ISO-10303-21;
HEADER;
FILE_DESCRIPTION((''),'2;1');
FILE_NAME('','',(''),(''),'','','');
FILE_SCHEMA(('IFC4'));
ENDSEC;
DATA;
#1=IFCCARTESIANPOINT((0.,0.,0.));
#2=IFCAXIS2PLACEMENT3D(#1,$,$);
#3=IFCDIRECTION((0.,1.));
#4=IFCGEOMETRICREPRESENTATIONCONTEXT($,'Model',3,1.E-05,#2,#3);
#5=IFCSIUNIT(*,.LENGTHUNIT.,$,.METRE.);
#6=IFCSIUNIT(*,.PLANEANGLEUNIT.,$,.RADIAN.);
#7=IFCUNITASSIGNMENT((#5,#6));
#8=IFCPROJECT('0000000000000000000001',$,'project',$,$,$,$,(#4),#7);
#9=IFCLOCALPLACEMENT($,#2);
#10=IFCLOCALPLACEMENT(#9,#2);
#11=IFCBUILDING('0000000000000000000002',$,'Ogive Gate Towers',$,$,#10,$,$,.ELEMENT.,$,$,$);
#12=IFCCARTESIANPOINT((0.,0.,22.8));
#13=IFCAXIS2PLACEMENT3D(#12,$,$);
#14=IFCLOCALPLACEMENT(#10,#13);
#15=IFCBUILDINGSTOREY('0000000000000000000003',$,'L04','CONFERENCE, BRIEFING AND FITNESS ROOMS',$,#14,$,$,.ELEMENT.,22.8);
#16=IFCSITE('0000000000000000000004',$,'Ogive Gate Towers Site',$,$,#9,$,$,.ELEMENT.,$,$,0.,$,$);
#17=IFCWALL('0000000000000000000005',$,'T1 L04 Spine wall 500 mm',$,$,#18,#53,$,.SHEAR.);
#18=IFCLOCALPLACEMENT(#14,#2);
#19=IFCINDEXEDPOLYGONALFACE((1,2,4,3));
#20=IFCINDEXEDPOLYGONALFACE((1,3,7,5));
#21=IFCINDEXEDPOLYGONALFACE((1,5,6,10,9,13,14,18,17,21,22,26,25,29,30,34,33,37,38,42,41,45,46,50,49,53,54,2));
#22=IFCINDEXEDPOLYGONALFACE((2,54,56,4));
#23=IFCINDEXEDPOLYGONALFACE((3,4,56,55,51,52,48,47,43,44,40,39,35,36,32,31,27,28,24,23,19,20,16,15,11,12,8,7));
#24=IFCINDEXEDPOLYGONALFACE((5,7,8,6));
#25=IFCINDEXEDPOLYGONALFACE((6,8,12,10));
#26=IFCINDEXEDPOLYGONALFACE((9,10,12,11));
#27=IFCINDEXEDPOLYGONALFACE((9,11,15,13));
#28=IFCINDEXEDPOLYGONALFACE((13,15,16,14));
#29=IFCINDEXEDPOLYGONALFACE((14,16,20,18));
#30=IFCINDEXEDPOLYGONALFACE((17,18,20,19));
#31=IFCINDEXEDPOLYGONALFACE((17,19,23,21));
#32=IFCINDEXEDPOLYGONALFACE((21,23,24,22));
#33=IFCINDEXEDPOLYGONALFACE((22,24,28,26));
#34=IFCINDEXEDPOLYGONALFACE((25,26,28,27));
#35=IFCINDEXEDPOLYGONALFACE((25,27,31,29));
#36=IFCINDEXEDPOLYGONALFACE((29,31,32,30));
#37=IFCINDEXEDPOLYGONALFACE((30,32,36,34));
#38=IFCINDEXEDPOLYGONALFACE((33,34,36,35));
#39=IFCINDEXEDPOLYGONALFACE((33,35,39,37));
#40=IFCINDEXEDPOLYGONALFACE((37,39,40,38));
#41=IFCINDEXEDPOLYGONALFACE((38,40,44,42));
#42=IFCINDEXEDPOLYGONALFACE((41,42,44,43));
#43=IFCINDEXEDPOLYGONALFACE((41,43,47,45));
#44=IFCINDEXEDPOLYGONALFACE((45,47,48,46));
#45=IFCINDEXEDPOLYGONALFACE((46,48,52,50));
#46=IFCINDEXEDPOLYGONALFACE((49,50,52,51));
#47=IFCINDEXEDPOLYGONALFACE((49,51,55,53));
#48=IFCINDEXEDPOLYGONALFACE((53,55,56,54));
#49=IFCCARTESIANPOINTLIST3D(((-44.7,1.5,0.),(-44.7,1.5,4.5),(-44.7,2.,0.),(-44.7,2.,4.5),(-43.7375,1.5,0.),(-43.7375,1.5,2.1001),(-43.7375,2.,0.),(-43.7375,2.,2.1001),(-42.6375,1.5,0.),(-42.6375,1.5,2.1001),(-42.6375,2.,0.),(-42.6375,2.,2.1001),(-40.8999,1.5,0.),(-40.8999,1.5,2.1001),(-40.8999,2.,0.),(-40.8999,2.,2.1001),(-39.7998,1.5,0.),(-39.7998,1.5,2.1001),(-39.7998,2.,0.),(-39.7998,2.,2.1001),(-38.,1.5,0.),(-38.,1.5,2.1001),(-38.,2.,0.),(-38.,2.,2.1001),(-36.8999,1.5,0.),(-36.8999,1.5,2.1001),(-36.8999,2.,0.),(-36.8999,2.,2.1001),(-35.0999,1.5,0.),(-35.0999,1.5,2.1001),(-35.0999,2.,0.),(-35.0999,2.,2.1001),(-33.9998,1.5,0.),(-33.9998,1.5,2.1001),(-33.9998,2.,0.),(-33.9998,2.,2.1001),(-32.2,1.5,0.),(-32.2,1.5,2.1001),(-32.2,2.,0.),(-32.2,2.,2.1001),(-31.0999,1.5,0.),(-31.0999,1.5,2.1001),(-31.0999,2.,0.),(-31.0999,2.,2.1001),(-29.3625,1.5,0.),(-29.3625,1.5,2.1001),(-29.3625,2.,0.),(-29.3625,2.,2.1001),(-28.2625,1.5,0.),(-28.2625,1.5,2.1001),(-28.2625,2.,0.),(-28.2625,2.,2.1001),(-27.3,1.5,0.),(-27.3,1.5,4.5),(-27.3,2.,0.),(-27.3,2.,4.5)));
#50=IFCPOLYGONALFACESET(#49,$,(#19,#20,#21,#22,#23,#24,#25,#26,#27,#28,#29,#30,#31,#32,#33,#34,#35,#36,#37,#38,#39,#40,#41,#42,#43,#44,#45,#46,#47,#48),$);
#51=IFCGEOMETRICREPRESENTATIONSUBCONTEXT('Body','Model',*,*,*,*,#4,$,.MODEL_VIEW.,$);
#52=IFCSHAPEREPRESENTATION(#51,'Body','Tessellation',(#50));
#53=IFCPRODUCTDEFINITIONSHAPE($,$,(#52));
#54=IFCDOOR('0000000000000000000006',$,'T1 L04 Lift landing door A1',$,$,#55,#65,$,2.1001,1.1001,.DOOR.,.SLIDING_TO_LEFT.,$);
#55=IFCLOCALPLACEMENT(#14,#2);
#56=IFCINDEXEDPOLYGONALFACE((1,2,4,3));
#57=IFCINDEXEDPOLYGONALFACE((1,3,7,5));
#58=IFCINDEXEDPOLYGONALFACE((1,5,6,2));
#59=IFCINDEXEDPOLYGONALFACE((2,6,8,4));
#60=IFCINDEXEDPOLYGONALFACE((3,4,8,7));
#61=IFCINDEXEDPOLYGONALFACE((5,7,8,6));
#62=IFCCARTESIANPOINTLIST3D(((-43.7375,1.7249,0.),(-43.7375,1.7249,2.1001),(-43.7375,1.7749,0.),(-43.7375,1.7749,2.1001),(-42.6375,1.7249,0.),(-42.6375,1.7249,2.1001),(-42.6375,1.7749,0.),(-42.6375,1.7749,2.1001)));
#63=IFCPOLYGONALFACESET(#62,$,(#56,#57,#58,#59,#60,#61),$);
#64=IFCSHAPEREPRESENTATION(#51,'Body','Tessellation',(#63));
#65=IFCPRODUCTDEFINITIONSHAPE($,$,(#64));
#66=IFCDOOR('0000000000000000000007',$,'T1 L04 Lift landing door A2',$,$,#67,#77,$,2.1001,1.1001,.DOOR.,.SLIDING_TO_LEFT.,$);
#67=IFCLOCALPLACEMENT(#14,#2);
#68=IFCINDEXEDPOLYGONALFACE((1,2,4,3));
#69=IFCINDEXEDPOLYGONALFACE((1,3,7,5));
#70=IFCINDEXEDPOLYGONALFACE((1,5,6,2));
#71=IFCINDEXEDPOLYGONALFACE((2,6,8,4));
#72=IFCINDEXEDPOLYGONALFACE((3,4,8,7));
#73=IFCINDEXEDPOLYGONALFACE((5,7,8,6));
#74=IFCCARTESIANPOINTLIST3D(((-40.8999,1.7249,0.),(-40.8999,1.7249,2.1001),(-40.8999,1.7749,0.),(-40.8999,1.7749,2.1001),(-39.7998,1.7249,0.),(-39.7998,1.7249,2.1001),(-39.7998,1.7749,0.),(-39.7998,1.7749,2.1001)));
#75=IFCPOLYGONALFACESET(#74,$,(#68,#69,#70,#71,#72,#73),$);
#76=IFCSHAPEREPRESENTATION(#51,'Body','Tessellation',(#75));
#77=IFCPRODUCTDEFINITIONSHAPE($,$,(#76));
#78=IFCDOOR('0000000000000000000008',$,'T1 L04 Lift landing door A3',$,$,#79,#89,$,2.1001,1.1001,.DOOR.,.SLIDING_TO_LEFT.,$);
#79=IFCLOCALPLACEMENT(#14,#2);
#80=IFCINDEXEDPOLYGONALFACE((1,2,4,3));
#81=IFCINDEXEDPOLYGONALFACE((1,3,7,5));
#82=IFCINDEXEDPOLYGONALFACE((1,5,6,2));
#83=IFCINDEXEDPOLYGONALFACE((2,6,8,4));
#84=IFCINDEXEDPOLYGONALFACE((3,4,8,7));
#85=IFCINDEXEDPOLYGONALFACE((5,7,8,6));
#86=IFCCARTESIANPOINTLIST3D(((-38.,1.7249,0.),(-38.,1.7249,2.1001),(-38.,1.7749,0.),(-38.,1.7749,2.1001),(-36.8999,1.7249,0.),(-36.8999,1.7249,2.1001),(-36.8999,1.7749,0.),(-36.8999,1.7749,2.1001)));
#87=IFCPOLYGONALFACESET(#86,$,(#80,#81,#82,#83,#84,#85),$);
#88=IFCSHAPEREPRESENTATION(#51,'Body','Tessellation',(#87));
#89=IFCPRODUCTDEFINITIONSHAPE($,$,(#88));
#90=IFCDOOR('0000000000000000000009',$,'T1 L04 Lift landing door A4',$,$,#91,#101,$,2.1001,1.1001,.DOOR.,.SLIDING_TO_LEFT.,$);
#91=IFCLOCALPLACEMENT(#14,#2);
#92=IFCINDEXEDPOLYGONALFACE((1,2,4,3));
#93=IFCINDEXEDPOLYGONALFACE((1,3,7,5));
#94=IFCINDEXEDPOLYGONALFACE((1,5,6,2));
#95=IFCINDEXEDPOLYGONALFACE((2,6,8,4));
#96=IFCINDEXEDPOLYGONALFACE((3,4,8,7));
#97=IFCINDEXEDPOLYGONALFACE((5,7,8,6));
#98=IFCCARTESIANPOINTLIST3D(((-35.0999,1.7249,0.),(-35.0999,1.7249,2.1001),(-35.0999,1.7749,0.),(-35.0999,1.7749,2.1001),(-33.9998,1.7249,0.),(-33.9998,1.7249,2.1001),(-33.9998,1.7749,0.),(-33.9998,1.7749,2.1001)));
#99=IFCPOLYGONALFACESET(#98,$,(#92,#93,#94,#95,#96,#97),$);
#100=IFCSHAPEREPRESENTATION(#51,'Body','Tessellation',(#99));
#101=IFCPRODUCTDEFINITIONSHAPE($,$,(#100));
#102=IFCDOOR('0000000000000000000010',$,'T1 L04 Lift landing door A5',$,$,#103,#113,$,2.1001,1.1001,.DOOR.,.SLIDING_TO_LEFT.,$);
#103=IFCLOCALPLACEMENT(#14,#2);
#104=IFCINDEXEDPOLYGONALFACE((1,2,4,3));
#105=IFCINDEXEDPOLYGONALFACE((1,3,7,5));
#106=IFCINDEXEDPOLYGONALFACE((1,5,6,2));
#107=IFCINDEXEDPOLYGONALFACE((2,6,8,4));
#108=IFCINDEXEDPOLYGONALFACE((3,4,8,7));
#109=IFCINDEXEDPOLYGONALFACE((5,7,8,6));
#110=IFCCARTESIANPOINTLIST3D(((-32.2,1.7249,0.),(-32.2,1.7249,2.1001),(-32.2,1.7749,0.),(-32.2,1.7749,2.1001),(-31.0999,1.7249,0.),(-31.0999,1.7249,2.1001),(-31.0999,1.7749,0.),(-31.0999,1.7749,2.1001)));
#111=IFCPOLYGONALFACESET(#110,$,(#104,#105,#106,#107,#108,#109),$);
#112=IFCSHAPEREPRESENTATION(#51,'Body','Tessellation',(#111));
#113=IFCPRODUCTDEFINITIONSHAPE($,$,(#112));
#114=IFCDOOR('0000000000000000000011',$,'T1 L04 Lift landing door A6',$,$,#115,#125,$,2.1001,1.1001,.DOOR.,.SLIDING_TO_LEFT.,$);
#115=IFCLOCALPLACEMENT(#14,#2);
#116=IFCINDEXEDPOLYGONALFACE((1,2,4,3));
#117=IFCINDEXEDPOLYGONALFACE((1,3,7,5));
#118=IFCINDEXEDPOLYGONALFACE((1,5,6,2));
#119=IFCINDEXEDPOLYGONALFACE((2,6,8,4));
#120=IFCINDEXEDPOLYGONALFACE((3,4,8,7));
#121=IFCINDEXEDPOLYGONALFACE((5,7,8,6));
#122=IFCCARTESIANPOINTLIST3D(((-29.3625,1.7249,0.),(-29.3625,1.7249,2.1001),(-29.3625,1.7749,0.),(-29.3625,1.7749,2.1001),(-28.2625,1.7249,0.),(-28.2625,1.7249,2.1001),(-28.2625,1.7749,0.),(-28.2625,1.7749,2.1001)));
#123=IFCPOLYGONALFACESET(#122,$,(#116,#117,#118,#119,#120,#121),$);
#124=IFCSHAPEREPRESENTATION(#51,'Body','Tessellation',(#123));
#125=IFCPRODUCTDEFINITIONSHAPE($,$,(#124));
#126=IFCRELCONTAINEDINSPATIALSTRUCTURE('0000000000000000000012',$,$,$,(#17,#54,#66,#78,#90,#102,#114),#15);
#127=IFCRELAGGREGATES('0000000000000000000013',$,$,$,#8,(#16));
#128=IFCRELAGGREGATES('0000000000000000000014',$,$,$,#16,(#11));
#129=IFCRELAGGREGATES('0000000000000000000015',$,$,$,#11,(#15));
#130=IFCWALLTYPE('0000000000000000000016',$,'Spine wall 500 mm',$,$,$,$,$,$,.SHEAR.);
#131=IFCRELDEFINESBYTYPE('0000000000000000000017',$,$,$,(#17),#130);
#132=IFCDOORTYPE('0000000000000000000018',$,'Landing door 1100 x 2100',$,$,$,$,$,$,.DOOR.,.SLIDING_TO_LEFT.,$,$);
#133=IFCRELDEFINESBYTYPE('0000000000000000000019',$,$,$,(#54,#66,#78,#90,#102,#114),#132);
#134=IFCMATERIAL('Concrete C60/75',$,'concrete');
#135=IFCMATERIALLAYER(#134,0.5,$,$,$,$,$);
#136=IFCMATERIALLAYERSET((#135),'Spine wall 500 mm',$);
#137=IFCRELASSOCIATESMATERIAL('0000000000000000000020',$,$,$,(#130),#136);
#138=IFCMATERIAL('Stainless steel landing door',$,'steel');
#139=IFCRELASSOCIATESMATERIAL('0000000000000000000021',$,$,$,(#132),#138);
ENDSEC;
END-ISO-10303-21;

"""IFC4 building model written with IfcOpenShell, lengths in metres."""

from ifc_helpers import new_model, si_unit, direction, frame, frame_2d, origin, place, context, subcontext, project, spatial, rectangle, extrude, material, layer, layer_set, type_object, element, fill, save


model = new_model("IFC4")

# Units and contexts
model_context = context("Model", 3, precision=1e-05, world=origin(), true_north=direction((0.0, 1.0)))
body_context = subcontext(model_context, "Body", "Model", "MODEL_VIEW")
ifc_project = project(units=[si_unit("LENGTHUNIT", "METRE"), si_unit("PLANEANGLEUNIT", "RADIAN")], contexts=[model_context])

# Site, building, storey
site_placement = place(None, origin())
site = spatial("IfcSite", under=ifc_project, at=site_placement, Name="Ogive Gate Towers Site", CompositionType="ELEMENT", RefElevation=0.0)
building_placement = place(site_placement, origin())
building = spatial("IfcBuilding", under=site, at=building_placement, Name="Ogive Gate Towers", CompositionType="ELEMENT")
storey_placement = place(building_placement, frame((0.0, 0.0, 22.8)))
storey = spatial("IfcBuildingStorey", under=building, at=storey_placement, Name="L04", Description="CONFERENCE, BRIEFING AND FITNESS ROOMS", CompositionType="ELEMENT", Elevation=22.8)

# Shared definitions
ifc_material_1 = material(Name="Concrete C60/75", Category="concrete")

# Wall, openings, doors
ifc_layer_1 = layer(ifc_material_1, 0.5)
ifc_layer_set_1 = layer_set([ifc_layer_1], Name="Spine wall 500 mm")
wall_type_1 = type_object("IfcWallType", Name="Spine wall 500 mm", PredefinedType="SHEAR", material=ifc_layer_set_1)
ifc_material_2 = material(Name="Stainless steel landing door", Category="steel")
wall_1_placement = place(storey_placement, frame((-44.7, 1.75, 0.0), z_axis=(0.0, 0.0, 1.0), x_axis=(1.0, 0.0, 0.0)))
wall_1 = element("IfcWall", 1, at=wall_1_placement, inside=storey, type_object=wall_type_1, Name="T1 L04 Spine wall 500 mm", PredefinedType="SHEAR", context=body_context, shape_type="SweptSolid", body=[
    extrude(rectangle(XDim=17.3999, YDim=0.5, at=frame_2d((8.7, 0.0))), origin(), (0.0, 0.0, 1.0), 4.5),
])
opening_1_placement = place(wall_1_placement, frame((0.9624, 0.0, 0.0)))
opening_1 = element("IfcOpeningElement", 2, at=opening_1_placement, cuts=wall_1, PredefinedType="OPENING", context=body_context, shape_type="SweptSolid", body=[
    extrude(rectangle(XDim=1.1001, YDim=2.1001, at=frame_2d((0.55, 1.05))), frame((0.0, 0.26, 0.0), z_axis=(0.0, -1.0, 0.0), x_axis=(1.0, 0.0, 0.0)), (0.0, 0.0, 1.0), 0.52),
])
opening_2_placement = place(wall_1_placement, frame((3.8, 0.0, 0.0)))
opening_2 = element("IfcOpeningElement", 3, at=opening_2_placement, cuts=wall_1, PredefinedType="OPENING", context=body_context, shape_type="SweptSolid", body=[
    extrude(rectangle(XDim=1.1001, YDim=2.1001, at=frame_2d((0.55, 1.05))), frame((0.0, 0.26, 0.0), z_axis=(0.0, -1.0, 0.0), x_axis=(1.0, 0.0, 0.0)), (0.0, 0.0, 1.0), 0.52),
])
opening_3_placement = place(wall_1_placement, frame((6.7, 0.0, 0.0)))
opening_3 = element("IfcOpeningElement", 4, at=opening_3_placement, cuts=wall_1, PredefinedType="OPENING", context=body_context, shape_type="SweptSolid", body=[
    extrude(rectangle(XDim=1.1001, YDim=2.1001, at=frame_2d((0.55, 1.05))), frame((0.0, 0.26, 0.0), z_axis=(0.0, -1.0, 0.0), x_axis=(1.0, 0.0, 0.0)), (0.0, 0.0, 1.0), 0.52),
])
opening_4_placement = place(wall_1_placement, frame((9.6001, 0.0, 0.0)))
opening_4 = element("IfcOpeningElement", 5, at=opening_4_placement, cuts=wall_1, PredefinedType="OPENING", context=body_context, shape_type="SweptSolid", body=[
    extrude(rectangle(XDim=1.1001, YDim=2.1001, at=frame_2d((0.55, 1.05))), frame((0.0, 0.26, 0.0), z_axis=(0.0, -1.0, 0.0), x_axis=(1.0, 0.0, 0.0)), (0.0, 0.0, 1.0), 0.52),
])
opening_5_placement = place(wall_1_placement, frame((12.5, 0.0, 0.0)))
opening_5 = element("IfcOpeningElement", 6, at=opening_5_placement, cuts=wall_1, PredefinedType="OPENING", context=body_context, shape_type="SweptSolid", body=[
    extrude(rectangle(XDim=1.1001, YDim=2.1001, at=frame_2d((0.55, 1.05))), frame((0.0, 0.26, 0.0), z_axis=(0.0, -1.0, 0.0), x_axis=(1.0, 0.0, 0.0)), (0.0, 0.0, 1.0), 0.52),
])
opening_6_placement = place(wall_1_placement, frame((15.3374, 0.0, 0.0)))
opening_6 = element("IfcOpeningElement", 7, at=opening_6_placement, cuts=wall_1, PredefinedType="OPENING", context=body_context, shape_type="SweptSolid", body=[
    extrude(rectangle(XDim=1.1001, YDim=2.1001, at=frame_2d((0.55, 1.05))), frame((0.0, 0.26, 0.0), z_axis=(0.0, -1.0, 0.0), x_axis=(1.0, 0.0, 0.0)), (0.0, 0.0, 1.0), 0.52),
])
door_type_1 = type_object("IfcDoorType", Name="Landing door 1100 x 2100", OperationType="SLIDING_TO_LEFT", PredefinedType="DOOR", material=ifc_material_2)
door_1_placement = place(opening_1_placement, origin())
door_1 = element("IfcDoor", 8, at=door_1_placement, inside=storey, type_object=door_type_1, Name="T1 L04 Lift landing door A1", OperationType="SLIDING_TO_LEFT", OverallHeight=2.1001, OverallWidth=1.1001, PredefinedType="DOOR", context=body_context, shape_type="SweptSolid", body=[
    extrude(rectangle(XDim=1.1001, YDim=2.1001, at=frame_2d((0.55, 1.05))), frame((0.0, 0.0249, 0.0), z_axis=(0.0, -1.0, 0.0), x_axis=(1.0, 0.0, 0.0)), (0.0, 0.0, 1.0), 0.05),
])
fill(opening_1, door_1)
door_2_placement = place(opening_2_placement, origin())
door_2 = element("IfcDoor", 9, at=door_2_placement, inside=storey, type_object=door_type_1, Name="T1 L04 Lift landing door A2", OperationType="SLIDING_TO_LEFT", OverallHeight=2.1001, OverallWidth=1.1001, PredefinedType="DOOR", context=body_context, shape_type="SweptSolid", body=[
    extrude(rectangle(XDim=1.1001, YDim=2.1001, at=frame_2d((0.55, 1.05))), frame((0.0, 0.0249, 0.0), z_axis=(0.0, -1.0, 0.0), x_axis=(1.0, 0.0, 0.0)), (0.0, 0.0, 1.0), 0.05),
])
fill(opening_2, door_2)
door_3_placement = place(opening_3_placement, origin())
door_3 = element("IfcDoor", 10, at=door_3_placement, inside=storey, type_object=door_type_1, Name="T1 L04 Lift landing door A3", OperationType="SLIDING_TO_LEFT", OverallHeight=2.1001, OverallWidth=1.1001, PredefinedType="DOOR", context=body_context, shape_type="SweptSolid", body=[
    extrude(rectangle(XDim=1.1001, YDim=2.1001, at=frame_2d((0.55, 1.05))), frame((0.0, 0.0249, 0.0), z_axis=(0.0, -1.0, 0.0), x_axis=(1.0, 0.0, 0.0)), (0.0, 0.0, 1.0), 0.05),
])
fill(opening_3, door_3)
door_4_placement = place(opening_4_placement, origin())
door_4 = element("IfcDoor", 11, at=door_4_placement, inside=storey, type_object=door_type_1, Name="T1 L04 Lift landing door A4", OperationType="SLIDING_TO_LEFT", OverallHeight=2.1001, OverallWidth=1.1001, PredefinedType="DOOR", context=body_context, shape_type="SweptSolid", body=[
    extrude(rectangle(XDim=1.1001, YDim=2.1001, at=frame_2d((0.55, 1.05))), frame((0.0, 0.0249, 0.0), z_axis=(0.0, -1.0, 0.0), x_axis=(1.0, 0.0, 0.0)), (0.0, 0.0, 1.0), 0.05),
])
fill(opening_4, door_4)
door_5_placement = place(opening_5_placement, origin())
door_5 = element("IfcDoor", 12, at=door_5_placement, inside=storey, type_object=door_type_1, Name="T1 L04 Lift landing door A5", OperationType="SLIDING_TO_LEFT", OverallHeight=2.1001, OverallWidth=1.1001, PredefinedType="DOOR", context=body_context, shape_type="SweptSolid", body=[
    extrude(rectangle(XDim=1.1001, YDim=2.1001, at=frame_2d((0.55, 1.05))), frame((0.0, 0.0249, 0.0), z_axis=(0.0, -1.0, 0.0), x_axis=(1.0, 0.0, 0.0)), (0.0, 0.0, 1.0), 0.05),
])
fill(opening_5, door_5)
door_6_placement = place(opening_6_placement, origin())
door_6 = element("IfcDoor", 13, at=door_6_placement, inside=storey, type_object=door_type_1, Name="T1 L04 Lift landing door A6", OperationType="SLIDING_TO_LEFT", OverallHeight=2.1001, OverallWidth=1.1001, PredefinedType="DOOR", context=body_context, shape_type="SweptSolid", body=[
    extrude(rectangle(XDim=1.1001, YDim=2.1001, at=frame_2d((0.55, 1.05))), frame((0.0, 0.0249, 0.0), z_axis=(0.0, -1.0, 0.0), x_axis=(1.0, 0.0, 0.0)), (0.0, 0.0, 1.0), 0.05),
])
fill(opening_6, door_6)

save(model, "model.ifc")
